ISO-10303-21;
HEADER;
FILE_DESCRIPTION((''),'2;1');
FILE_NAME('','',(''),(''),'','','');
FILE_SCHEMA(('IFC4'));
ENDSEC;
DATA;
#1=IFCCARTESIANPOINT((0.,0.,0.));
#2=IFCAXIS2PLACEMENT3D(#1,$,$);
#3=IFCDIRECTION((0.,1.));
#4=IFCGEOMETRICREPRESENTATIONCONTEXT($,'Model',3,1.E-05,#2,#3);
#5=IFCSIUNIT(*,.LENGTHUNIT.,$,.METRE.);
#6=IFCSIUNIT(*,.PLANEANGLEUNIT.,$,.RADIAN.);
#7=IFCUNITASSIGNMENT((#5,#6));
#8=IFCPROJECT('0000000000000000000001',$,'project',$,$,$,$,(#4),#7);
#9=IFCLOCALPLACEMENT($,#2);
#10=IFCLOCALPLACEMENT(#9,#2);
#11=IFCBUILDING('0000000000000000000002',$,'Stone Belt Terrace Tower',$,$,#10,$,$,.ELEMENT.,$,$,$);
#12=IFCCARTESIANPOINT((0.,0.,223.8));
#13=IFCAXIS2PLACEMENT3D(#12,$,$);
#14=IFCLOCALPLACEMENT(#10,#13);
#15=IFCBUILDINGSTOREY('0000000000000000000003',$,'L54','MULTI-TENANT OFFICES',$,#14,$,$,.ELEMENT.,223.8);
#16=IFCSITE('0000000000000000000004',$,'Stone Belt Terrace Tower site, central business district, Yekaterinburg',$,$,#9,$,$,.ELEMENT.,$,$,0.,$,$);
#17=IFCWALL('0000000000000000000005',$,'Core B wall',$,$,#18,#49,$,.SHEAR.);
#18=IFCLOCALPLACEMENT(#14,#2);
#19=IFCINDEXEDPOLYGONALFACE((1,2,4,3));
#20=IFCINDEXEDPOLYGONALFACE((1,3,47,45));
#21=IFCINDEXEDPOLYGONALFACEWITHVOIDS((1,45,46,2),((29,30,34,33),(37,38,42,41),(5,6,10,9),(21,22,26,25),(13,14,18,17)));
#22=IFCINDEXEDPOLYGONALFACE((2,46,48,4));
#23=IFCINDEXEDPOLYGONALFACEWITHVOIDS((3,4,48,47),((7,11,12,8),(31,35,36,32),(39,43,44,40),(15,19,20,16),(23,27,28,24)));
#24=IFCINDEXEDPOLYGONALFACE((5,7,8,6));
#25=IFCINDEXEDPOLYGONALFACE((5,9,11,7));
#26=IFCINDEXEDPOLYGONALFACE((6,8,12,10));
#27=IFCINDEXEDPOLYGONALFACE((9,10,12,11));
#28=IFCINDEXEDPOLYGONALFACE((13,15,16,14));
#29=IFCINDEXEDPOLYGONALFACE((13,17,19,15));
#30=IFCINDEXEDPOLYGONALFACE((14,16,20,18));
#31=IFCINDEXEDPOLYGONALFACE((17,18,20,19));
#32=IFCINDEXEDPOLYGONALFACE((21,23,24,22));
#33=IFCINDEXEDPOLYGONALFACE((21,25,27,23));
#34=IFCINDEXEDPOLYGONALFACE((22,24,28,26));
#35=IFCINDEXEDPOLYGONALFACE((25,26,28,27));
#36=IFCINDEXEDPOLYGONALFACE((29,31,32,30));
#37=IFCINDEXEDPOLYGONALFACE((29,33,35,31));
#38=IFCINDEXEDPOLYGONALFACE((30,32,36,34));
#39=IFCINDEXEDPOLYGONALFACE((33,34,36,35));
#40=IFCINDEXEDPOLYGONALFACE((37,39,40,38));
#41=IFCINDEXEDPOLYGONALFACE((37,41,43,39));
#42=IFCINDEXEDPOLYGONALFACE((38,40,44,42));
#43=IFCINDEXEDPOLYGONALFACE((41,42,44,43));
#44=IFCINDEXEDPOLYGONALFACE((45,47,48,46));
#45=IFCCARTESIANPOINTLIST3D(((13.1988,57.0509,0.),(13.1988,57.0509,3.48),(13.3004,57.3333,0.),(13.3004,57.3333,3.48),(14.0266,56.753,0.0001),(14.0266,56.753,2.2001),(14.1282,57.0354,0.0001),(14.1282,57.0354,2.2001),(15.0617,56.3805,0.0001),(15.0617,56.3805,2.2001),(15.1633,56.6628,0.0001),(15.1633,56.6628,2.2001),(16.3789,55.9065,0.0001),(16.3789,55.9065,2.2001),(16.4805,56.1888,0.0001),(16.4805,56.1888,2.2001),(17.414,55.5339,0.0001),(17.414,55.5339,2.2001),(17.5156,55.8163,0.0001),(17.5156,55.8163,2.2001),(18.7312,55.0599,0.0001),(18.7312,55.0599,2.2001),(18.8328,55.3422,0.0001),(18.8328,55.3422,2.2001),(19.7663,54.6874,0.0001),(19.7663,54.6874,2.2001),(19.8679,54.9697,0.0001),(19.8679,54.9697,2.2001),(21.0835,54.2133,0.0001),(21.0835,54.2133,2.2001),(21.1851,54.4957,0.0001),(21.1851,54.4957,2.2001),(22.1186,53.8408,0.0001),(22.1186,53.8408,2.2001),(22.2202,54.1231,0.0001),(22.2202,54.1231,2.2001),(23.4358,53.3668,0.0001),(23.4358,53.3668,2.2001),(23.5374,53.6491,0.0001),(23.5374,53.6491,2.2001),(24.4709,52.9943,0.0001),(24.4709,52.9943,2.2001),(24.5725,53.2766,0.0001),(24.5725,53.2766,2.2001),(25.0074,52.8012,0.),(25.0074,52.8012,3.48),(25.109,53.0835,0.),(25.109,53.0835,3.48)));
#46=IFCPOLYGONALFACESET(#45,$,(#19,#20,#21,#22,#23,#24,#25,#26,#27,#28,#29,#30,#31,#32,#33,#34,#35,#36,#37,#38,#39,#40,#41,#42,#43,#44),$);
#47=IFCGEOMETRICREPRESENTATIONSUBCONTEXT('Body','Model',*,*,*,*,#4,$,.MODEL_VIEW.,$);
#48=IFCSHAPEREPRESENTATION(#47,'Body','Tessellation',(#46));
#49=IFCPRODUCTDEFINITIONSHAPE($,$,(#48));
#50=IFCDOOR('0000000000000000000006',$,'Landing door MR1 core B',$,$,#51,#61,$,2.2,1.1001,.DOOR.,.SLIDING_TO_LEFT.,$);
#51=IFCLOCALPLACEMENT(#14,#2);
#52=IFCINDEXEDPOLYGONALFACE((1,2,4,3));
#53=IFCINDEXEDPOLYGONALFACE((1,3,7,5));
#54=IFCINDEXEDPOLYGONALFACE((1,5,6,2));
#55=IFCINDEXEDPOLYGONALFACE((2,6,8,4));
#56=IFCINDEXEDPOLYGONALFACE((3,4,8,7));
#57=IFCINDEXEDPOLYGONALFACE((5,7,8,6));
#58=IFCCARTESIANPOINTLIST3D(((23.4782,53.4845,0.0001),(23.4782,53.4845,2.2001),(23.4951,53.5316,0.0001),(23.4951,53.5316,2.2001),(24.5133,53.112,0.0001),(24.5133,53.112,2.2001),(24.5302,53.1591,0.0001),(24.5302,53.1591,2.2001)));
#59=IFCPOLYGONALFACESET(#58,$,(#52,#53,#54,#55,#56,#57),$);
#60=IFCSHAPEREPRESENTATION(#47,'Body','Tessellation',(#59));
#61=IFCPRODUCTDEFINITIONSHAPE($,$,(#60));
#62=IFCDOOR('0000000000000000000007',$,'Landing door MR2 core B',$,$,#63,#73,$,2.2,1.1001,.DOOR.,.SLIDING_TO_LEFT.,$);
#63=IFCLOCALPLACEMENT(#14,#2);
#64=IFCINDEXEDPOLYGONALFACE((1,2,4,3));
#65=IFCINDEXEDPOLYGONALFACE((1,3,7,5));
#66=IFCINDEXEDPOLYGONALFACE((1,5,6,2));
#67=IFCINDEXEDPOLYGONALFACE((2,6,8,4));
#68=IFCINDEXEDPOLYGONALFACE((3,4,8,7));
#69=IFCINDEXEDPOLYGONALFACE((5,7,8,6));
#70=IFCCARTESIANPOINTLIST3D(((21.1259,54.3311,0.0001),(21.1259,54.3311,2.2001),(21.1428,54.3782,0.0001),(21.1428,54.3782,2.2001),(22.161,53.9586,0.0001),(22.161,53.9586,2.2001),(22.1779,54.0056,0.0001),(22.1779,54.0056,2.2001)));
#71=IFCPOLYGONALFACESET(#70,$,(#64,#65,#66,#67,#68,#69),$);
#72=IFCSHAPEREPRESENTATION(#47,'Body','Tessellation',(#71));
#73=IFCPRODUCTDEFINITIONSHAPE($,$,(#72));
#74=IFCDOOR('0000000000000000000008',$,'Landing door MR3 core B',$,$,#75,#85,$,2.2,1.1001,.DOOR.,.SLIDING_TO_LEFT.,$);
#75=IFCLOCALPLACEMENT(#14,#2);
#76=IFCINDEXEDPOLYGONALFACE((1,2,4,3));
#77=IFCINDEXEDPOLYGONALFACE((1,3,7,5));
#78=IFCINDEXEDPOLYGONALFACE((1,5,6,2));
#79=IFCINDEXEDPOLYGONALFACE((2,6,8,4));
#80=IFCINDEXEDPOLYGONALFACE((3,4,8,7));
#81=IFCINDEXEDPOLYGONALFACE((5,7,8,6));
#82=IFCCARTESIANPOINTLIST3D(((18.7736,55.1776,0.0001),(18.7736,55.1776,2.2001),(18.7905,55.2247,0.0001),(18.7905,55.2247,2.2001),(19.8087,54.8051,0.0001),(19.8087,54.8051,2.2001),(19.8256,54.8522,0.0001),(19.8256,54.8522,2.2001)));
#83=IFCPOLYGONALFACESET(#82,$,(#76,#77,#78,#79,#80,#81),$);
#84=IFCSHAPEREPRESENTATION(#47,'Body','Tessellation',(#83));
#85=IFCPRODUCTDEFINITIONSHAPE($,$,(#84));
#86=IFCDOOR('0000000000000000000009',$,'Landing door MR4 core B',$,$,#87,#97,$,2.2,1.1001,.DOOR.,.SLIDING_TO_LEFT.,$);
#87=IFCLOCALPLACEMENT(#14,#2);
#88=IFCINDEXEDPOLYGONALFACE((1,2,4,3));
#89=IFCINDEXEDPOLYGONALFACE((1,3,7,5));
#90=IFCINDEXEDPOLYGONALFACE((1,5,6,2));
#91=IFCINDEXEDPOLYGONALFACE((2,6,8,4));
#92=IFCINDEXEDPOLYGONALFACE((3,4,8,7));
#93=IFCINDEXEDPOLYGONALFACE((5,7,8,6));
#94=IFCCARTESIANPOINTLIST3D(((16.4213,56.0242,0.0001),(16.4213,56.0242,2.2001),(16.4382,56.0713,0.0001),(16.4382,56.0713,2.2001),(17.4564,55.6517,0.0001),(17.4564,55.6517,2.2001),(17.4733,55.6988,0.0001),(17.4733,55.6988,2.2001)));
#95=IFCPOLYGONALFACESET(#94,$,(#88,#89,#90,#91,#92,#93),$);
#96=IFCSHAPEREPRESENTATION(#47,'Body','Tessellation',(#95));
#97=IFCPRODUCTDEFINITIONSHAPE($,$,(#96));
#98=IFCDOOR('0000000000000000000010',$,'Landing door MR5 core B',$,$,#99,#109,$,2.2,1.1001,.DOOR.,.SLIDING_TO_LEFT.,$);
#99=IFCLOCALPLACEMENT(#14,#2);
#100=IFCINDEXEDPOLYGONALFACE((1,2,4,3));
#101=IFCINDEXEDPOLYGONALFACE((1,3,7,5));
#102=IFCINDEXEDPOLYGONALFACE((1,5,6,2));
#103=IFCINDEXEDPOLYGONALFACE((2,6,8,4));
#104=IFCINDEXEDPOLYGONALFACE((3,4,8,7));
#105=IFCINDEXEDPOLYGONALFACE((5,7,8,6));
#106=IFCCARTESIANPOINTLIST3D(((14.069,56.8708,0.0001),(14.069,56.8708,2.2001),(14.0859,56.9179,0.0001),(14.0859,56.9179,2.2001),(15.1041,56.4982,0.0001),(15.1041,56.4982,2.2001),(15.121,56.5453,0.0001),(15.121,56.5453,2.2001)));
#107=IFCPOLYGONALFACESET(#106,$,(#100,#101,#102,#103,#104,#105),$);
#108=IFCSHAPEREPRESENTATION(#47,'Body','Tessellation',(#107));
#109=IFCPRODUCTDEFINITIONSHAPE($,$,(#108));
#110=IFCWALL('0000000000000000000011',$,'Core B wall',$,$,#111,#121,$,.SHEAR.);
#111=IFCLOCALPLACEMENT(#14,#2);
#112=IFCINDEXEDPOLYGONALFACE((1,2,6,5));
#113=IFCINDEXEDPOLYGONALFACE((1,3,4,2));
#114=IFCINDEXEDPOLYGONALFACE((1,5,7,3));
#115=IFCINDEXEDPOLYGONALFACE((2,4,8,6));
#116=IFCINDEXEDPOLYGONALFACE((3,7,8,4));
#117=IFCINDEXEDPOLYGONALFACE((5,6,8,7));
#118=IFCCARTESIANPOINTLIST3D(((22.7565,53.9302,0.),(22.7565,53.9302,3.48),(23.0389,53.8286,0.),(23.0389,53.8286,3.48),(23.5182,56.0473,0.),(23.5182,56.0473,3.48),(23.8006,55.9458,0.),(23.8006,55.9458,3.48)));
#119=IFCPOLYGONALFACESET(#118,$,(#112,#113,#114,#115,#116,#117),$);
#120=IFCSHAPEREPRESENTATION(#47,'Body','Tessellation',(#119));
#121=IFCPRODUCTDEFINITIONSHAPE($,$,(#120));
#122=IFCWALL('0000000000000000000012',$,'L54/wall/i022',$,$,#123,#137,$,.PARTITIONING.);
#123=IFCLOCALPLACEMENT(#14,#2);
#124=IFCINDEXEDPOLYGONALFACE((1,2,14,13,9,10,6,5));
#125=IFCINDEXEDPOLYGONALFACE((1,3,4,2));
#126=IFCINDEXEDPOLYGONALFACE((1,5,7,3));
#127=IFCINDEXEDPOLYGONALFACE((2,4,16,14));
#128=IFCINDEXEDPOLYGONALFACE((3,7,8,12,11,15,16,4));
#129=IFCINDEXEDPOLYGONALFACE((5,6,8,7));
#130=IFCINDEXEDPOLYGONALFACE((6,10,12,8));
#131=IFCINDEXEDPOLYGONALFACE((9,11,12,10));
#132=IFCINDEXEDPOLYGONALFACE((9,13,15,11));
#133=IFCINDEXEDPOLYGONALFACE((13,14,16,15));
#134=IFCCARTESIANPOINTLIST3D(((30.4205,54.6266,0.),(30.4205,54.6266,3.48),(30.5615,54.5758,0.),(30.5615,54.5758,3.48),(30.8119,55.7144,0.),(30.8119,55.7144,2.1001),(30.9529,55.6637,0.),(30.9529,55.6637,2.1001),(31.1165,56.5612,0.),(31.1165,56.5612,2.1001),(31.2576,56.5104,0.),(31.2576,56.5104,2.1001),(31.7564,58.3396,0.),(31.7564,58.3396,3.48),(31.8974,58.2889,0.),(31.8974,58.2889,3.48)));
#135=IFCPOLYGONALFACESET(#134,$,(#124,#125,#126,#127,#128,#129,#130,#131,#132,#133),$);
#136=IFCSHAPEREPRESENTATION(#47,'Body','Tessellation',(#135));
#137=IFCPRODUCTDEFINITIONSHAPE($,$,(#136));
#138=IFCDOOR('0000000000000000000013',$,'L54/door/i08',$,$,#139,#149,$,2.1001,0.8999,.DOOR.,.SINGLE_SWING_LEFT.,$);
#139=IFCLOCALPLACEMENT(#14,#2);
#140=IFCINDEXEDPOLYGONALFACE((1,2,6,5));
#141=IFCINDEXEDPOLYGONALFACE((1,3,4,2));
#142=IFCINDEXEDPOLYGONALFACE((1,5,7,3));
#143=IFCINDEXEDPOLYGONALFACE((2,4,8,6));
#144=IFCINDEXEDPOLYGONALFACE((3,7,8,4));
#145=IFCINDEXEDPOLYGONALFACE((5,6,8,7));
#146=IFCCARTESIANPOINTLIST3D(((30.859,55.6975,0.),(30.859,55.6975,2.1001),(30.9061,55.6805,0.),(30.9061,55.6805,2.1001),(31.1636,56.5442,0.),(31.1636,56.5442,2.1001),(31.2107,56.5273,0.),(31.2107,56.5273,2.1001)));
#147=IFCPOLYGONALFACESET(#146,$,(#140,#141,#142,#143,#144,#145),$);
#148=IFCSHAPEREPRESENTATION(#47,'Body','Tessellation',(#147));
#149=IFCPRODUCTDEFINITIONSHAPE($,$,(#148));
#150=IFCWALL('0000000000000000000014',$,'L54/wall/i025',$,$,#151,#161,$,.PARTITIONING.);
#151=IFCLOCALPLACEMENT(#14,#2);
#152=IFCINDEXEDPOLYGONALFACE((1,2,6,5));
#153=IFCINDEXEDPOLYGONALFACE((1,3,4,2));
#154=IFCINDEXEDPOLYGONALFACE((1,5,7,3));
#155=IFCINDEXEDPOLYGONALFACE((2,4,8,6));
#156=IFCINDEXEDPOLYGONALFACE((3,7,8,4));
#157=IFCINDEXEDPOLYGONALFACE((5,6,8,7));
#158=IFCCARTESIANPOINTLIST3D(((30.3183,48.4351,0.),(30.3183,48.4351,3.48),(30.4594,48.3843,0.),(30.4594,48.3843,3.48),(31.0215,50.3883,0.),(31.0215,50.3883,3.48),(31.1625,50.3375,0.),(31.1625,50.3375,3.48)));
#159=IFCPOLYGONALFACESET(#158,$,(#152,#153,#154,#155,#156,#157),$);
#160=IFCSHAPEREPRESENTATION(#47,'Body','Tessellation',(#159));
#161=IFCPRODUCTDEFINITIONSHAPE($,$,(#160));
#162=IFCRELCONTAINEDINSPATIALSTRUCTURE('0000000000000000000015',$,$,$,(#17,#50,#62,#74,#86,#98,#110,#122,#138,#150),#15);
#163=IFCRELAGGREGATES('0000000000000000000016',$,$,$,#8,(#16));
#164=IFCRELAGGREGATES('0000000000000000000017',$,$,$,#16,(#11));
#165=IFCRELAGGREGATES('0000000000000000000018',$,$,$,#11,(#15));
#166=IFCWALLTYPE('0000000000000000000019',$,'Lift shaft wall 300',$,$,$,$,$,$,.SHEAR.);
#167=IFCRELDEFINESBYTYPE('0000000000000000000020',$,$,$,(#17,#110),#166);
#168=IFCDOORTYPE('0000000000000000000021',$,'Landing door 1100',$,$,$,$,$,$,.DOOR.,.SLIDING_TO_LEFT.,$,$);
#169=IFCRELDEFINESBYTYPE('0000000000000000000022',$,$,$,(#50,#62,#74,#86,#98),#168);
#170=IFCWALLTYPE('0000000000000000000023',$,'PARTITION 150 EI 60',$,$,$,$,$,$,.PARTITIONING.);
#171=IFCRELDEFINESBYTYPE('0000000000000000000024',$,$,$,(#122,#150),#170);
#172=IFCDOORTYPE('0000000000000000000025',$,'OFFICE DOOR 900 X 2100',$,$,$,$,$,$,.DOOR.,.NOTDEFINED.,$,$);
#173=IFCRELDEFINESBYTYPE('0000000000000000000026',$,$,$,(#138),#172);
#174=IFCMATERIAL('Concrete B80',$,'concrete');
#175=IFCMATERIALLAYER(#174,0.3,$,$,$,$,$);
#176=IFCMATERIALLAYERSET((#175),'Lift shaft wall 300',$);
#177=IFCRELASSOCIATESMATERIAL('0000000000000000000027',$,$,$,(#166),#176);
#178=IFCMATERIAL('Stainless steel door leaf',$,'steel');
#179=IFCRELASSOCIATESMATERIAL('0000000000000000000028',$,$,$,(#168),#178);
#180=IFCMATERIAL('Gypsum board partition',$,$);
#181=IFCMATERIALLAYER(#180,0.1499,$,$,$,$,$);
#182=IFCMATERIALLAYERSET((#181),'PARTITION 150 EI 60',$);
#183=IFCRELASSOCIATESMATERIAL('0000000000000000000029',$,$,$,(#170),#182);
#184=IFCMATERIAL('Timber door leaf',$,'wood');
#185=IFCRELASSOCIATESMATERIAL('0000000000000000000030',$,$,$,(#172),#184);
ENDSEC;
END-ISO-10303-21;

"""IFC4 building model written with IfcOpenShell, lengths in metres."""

from ifc_helpers import new_model, si_unit, direction, frame, frame_2d, origin, place, context, subcontext, project, spatial, rectangle, extrude, material, layer, layer_set, type_object, element, fill, save


model = new_model("IFC4")

# Units and contexts
model_context = context("Model", 3, precision=1e-05, world=origin(), true_north=direction((0.0, 1.0)))
body_context = subcontext(model_context, "Body", "Model", "MODEL_VIEW")
ifc_project = project(units=[si_unit("LENGTHUNIT", "METRE"), si_unit("PLANEANGLEUNIT", "RADIAN")], contexts=[model_context])

# Site, building, storey
site_placement = place(None, origin())
site = spatial("IfcSite", under=ifc_project, at=site_placement, Name="Stone Belt Terrace Tower site, central business district, Yekaterinburg", CompositionType="ELEMENT", RefElevation=0.0)
building_placement = place(site_placement, origin())
building = spatial("IfcBuilding", under=site, at=building_placement, Name="Stone Belt Terrace Tower", CompositionType="ELEMENT")
storey_placement = place(building_placement, frame((0.0, 0.0, 223.8)))
storey = spatial("IfcBuildingStorey", under=building, at=storey_placement, Name="L54", Description="MULTI-TENANT OFFICES", CompositionType="ELEMENT", Elevation=223.8)

# Shared definitions
ifc_material_1 = material(Name="Timber door leaf", Category="wood")

# Shared definitions
ifc_material_2 = material(Name="Concrete B80", Category="concrete")

# Shared definitions
ifc_layer_1 = layer(ifc_material_2, 0.3)
ifc_layer_set_1 = layer_set([ifc_layer_1], Name="Lift shaft wall 300")
wall_type_1 = type_object("IfcWallType", Name="Lift shaft wall 300", PredefinedType="SHEAR", material=ifc_layer_set_1)
ifc_material_3 = material(Name="Stainless steel door leaf", Category="steel")

# Wall, openings, doors
wall_1_placement = place(storey_placement, frame((25.0581, 52.9424, 0.0), z_axis=(0.0, 0.0, 1.0), x_axis=(-0.940921, 0.338625, 0.0)))
wall_1 = element("IfcWall", 1, at=wall_1_placement, inside=storey, type_object=wall_type_1, Name="Core B wall", PredefinedType="SHEAR", context=body_context, shape_type="SweptSolid", body=[
    extrude(rectangle(XDim=12.55, YDim=0.3, at=frame_2d((6.2749, 0.0))), origin(), (0.0, 0.0, 1.0), 3.48),
])
opening_1_placement = place(wall_1_placement, frame((0.5701, 0.0, 0.0)))
opening_1 = element("IfcOpeningElement", 2, at=opening_1_placement, cuts=wall_1, PredefinedType="OPENING", context=body_context, shape_type="SweptSolid", body=[
    extrude(rectangle(XDim=1.1001, YDim=2.2, at=frame_2d((0.55, 1.1001))), frame((0.0, 0.1599, 0.0), z_axis=(0.0, -1.0, 0.0), x_axis=(1.0, 0.0, 0.0)), (0.0, 0.0, 1.0), 0.3201),
])
opening_2_placement = place(wall_1_placement, frame((3.0701, 0.0, 0.0)))
opening_2 = element("IfcOpeningElement", 3, at=opening_2_placement, cuts=wall_1, PredefinedType="OPENING", context=body_context, shape_type="SweptSolid", body=[
    extrude(rectangle(XDim=1.1001, YDim=2.2, at=frame_2d((0.55, 1.1001))), frame((0.0, 0.1599, 0.0), z_axis=(0.0, -1.0, 0.0), x_axis=(1.0, 0.0, 0.0)), (0.0, 0.0, 1.0), 0.3201),
])
opening_3_placement = place(wall_1_placement, frame((5.5701, 0.0, 0.0)))
opening_3 = element("IfcOpeningElement", 4, at=opening_3_placement, cuts=wall_1, PredefinedType="OPENING", context=body_context, shape_type="SweptSolid", body=[
    extrude(rectangle(XDim=1.1001, YDim=2.2, at=frame_2d((0.55, 1.1001))), frame((0.0, 0.1599, 0.0), z_axis=(0.0, -1.0, 0.0), x_axis=(1.0, 0.0, 0.0)), (0.0, 0.0, 1.0), 0.3201),
])
opening_4_placement = place(wall_1_placement, frame((8.0701, 0.0, 0.0)))
opening_4 = element("IfcOpeningElement", 5, at=opening_4_placement, cuts=wall_1, PredefinedType="OPENING", context=body_context, shape_type="SweptSolid", body=[
    extrude(rectangle(XDim=1.1001, YDim=2.2, at=frame_2d((0.55, 1.1001))), frame((0.0, 0.1599, 0.0), z_axis=(0.0, -1.0, 0.0), x_axis=(1.0, 0.0, 0.0)), (0.0, 0.0, 1.0), 0.3201),
])
opening_5_placement = place(wall_1_placement, frame((10.5701, 0.0, 0.0)))
opening_5 = element("IfcOpeningElement", 6, at=opening_5_placement, cuts=wall_1, PredefinedType="OPENING", context=body_context, shape_type="SweptSolid", body=[
    extrude(rectangle(XDim=1.1001, YDim=2.2, at=frame_2d((0.55, 1.1001))), frame((0.0, 0.1599, 0.0), z_axis=(0.0, -1.0, 0.0), x_axis=(1.0, 0.0, 0.0)), (0.0, 0.0, 1.0), 0.3201),
])
door_type_1 = type_object("IfcDoorType", Name="Landing door 1100", OperationType="SLIDING_TO_LEFT", PredefinedType="DOOR", material=ifc_material_3)
door_1_placement = place(opening_1_placement, origin())
door_1 = element("IfcDoor", 7, at=door_1_placement, inside=storey, type_object=door_type_1, Name="Landing door MR1 core B", OperationType="SLIDING_TO_LEFT", OverallHeight=2.2, OverallWidth=1.1001, PredefinedType="DOOR", context=body_context, shape_type="SweptSolid", body=[
    extrude(rectangle(XDim=1.1001, YDim=2.2, at=frame_2d((0.55, 1.1001))), frame((0.0, 0.0249, 0.0), z_axis=(0.0, -1.0, 0.0), x_axis=(1.0, 0.0, 0.0)), (0.0, 0.0, 1.0), 0.05),
])
fill(opening_1, door_1)
door_2_placement = place(opening_2_placement, origin())
door_2 = element("IfcDoor", 8, at=door_2_placement, inside=storey, type_object=door_type_1, Name="Landing door MR2 core B", OperationType="SLIDING_TO_LEFT", OverallHeight=2.2, OverallWidth=1.1001, PredefinedType="DOOR", context=body_context, shape_type="SweptSolid", body=[
    extrude(rectangle(XDim=1.1001, YDim=2.2, at=frame_2d((0.55, 1.1001))), frame((0.0, 0.0249, 0.0), z_axis=(0.0, -1.0, 0.0), x_axis=(1.0, 0.0, 0.0)), (0.0, 0.0, 1.0), 0.05),
])
fill(opening_2, door_2)
door_3_placement = place(opening_3_placement, origin())
door_3 = element("IfcDoor", 9, at=door_3_placement, inside=storey, type_object=door_type_1, Name="Landing door MR3 core B", OperationType="SLIDING_TO_LEFT", OverallHeight=2.2, OverallWidth=1.1001, PredefinedType="DOOR", context=body_context, shape_type="SweptSolid", body=[
    extrude(rectangle(XDim=1.1001, YDim=2.2, at=frame_2d((0.55, 1.1001))), frame((0.0, 0.0249, 0.0), z_axis=(0.0, -1.0, 0.0), x_axis=(1.0, 0.0, 0.0)), (0.0, 0.0, 1.0), 0.05),
])
fill(opening_3, door_3)
door_4_placement = place(opening_4_placement, origin())
door_4 = element("IfcDoor", 10, at=door_4_placement, inside=storey, type_object=door_type_1, Name="Landing door MR4 core B", OperationType="SLIDING_TO_LEFT", OverallHeight=2.2, OverallWidth=1.1001, PredefinedType="DOOR", context=body_context, shape_type="SweptSolid", body=[
    extrude(rectangle(XDim=1.1001, YDim=2.2, at=frame_2d((0.55, 1.1001))), frame((0.0, 0.0249, 0.0), z_axis=(0.0, -1.0, 0.0), x_axis=(1.0, 0.0, 0.0)), (0.0, 0.0, 1.0), 0.05),
])
fill(opening_4, door_4)
door_5_placement = place(opening_5_placement, origin())
door_5 = element("IfcDoor", 11, at=door_5_placement, inside=storey, type_object=door_type_1, Name="Landing door MR5 core B", OperationType="SLIDING_TO_LEFT", OverallHeight=2.2, OverallWidth=1.1001, PredefinedType="DOOR", context=body_context, shape_type="SweptSolid", body=[
    extrude(rectangle(XDim=1.1001, YDim=2.2, at=frame_2d((0.55, 1.1001))), frame((0.0, 0.0249, 0.0), z_axis=(0.0, -1.0, 0.0), x_axis=(1.0, 0.0, 0.0)), (0.0, 0.0, 1.0), 0.05),
])
fill(opening_5, door_5)

# Wall
wall_2_placement = place(storey_placement, frame((22.8977, 53.8794, 0.0), z_axis=(0.0, 0.0, 1.0), x_axis=(0.338535, 0.940954, 0.0)))
element("IfcWall", 12, at=wall_2_placement, inside=storey, type_object=wall_type_1, Name="Core B wall", PredefinedType="SHEAR", context=body_context, shape_type="SweptSolid", body=[
    extrude(rectangle(XDim=2.25, YDim=0.3, at=frame_2d((1.125, 0.0))), origin(), (0.0, 0.0, 1.0), 3.48),
])

# Wall, opening, door
ifc_material_4 = material(Name="Gypsum board partition")
ifc_layer_2 = layer(ifc_material_4, 0.1499)
ifc_layer_set_2 = layer_set([ifc_layer_2], Name="PARTITION 150 EI 60")
wall_type_2 = type_object("IfcWallType", Name="PARTITION 150 EI 60", PredefinedType="PARTITIONING", material=ifc_layer_set_2)
wall_3_placement = place(storey_placement, frame((30.491, 54.6011, 0.0), z_axis=(0.0, 0.0, 1.0), x_axis=(0.338542, 0.940951, 0.0)))
wall_3 = element("IfcWall", 13, at=wall_3_placement, inside=storey, type_object=wall_type_2, Name="L54/wall/i022", PredefinedType="PARTITIONING", context=body_context, shape_type="SweptSolid", body=[
    extrude(rectangle(XDim=3.946, YDim=0.1499, at=frame_2d((1.9731, 0.0))), origin(), (0.0, 0.0, 1.0), 3.48),
])
opening_6_placement = place(wall_3_placement, frame((1.1562, 0.0, 0.0)))
opening_6 = element("IfcOpeningElement", 14, at=opening_6_placement, cuts=wall_3, PredefinedType="OPENING", context=body_context, shape_type="SweptSolid", body=[
    extrude(rectangle(XDim=0.8999, YDim=2.1001, at=frame_2d((0.45, 1.05))), frame((0.0, 0.085, 0.0), z_axis=(0.0, -1.0, 0.0), x_axis=(1.0, 0.0, 0.0)), (0.0, 0.0, 1.0), 0.1699),
])
door_type_2 = type_object("IfcDoorType", Name="OFFICE DOOR 900 X 2100", OperationType="NOTDEFINED", PredefinedType="DOOR", material=ifc_material_1)
door_6_placement = place(opening_6_placement, origin())
door_6 = element("IfcDoor", 15, at=door_6_placement, inside=storey, type_object=door_type_2, Name="L54/door/i08", OperationType="SINGLE_SWING_LEFT", OverallHeight=2.1001, OverallWidth=0.8999, PredefinedType="DOOR", context=body_context, shape_type="SweptSolid", body=[
    extrude(rectangle(XDim=0.8999, YDim=2.1001, at=frame_2d((0.45, 1.05))), frame((0.0, 0.0249, 0.0), z_axis=(0.0, -1.0, 0.0), x_axis=(1.0, 0.0, 0.0)), (0.0, 0.0, 1.0), 0.05),
])
fill(opening_6, door_6)

# Wall
wall_4_placement = place(storey_placement, frame((31.092, 50.363, 0.0), z_axis=(0.0, 0.0, 1.0), x_axis=(-0.338719, -0.940887, 0.0)))
element("IfcWall", 16, at=wall_4_placement, inside=storey, type_object=wall_type_2, Name="L54/wall/i025", PredefinedType="PARTITIONING", context=body_context, shape_type="SweptSolid", body=[
    extrude(rectangle(XDim=2.0759, YDim=0.1499, at=frame_2d((1.0381, 0.0))), origin(), (0.0, 0.0, 1.0), 3.48),
])

save(model, "model.ifc")
